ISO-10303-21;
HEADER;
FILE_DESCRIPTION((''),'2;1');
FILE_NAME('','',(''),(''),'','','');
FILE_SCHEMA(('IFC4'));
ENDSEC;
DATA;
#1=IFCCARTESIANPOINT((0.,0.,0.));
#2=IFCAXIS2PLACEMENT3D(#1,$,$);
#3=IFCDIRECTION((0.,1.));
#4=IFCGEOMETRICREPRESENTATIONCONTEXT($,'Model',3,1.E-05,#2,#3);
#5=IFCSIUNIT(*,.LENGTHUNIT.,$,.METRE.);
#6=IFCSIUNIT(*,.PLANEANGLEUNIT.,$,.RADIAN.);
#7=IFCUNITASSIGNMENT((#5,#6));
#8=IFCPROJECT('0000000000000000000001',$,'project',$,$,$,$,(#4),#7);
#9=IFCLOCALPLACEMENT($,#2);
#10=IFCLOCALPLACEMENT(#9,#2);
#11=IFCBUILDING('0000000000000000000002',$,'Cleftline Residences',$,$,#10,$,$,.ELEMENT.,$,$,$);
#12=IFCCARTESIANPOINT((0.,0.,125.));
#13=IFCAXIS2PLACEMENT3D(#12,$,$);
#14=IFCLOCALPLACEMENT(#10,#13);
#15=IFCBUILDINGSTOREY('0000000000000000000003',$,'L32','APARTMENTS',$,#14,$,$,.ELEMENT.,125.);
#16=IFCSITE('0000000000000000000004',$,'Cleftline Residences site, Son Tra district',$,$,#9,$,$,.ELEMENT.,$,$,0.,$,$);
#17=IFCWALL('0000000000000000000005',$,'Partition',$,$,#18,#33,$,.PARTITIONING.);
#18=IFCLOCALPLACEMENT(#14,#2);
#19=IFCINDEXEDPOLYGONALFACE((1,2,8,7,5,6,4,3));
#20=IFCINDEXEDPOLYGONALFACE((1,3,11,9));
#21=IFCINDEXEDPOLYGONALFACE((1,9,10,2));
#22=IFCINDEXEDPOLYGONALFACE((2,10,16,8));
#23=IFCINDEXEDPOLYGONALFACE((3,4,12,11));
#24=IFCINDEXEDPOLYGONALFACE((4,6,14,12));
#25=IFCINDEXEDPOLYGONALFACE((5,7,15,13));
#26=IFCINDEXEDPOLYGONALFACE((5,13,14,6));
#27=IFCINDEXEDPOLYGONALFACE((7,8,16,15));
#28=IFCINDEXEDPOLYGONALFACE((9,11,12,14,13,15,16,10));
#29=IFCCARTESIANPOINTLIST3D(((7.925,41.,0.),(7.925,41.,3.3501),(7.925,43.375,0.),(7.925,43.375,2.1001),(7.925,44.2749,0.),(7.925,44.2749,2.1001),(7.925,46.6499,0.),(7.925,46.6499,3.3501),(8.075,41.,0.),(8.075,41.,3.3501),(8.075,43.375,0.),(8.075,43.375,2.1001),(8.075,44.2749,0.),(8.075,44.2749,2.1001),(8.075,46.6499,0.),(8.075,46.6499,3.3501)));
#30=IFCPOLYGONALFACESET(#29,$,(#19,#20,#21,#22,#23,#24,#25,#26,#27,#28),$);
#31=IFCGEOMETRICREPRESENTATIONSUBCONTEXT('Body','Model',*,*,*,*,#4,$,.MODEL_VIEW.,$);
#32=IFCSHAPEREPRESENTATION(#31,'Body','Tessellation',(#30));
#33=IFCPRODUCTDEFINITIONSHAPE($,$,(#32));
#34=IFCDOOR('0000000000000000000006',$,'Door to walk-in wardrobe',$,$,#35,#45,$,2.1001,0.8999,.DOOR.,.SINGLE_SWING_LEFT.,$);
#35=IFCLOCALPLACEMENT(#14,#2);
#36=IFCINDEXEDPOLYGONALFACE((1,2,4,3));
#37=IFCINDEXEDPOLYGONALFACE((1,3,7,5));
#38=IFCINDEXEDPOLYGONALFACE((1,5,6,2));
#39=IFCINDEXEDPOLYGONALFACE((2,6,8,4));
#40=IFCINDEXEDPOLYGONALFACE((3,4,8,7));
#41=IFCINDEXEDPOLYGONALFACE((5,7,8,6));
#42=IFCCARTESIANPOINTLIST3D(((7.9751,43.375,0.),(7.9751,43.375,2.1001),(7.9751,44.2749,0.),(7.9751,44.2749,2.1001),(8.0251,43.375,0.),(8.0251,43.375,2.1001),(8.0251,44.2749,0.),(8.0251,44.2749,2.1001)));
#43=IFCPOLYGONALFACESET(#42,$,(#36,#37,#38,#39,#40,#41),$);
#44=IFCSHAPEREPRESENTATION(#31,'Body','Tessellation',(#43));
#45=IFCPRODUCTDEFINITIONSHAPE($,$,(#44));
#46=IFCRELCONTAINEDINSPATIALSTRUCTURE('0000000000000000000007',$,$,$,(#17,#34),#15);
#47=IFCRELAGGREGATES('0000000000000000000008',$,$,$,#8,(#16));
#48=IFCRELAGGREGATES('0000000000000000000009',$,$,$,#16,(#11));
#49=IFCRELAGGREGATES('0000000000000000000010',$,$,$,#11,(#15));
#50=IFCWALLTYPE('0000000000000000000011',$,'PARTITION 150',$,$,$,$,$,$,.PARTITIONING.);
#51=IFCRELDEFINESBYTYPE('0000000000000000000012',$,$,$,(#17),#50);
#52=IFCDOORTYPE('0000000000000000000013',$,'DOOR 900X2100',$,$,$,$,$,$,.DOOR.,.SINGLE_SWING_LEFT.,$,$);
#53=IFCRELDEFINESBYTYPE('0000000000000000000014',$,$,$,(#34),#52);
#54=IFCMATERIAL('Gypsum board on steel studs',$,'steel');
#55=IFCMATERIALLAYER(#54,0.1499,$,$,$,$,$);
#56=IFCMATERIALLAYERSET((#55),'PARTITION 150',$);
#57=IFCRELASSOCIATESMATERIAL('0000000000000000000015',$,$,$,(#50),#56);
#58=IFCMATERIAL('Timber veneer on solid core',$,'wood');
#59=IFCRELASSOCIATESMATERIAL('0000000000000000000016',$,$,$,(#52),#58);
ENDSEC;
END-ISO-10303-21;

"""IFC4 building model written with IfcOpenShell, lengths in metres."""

from ifc_helpers import new_model, si_unit, direction, frame, frame_2d, origin, place, context, subcontext, project, spatial, rectangle, extrude, material, layer, layer_set, type_object, element, fill, save


model = new_model("IFC4")

# Units and contexts
model_context = context("Model", 3, precision=1e-05, world=origin(), true_north=direction((0.0, 1.0)))
body_context = subcontext(model_context, "Body", "Model", "MODEL_VIEW")
ifc_project = project(units=[si_unit("LENGTHUNIT", "METRE"), si_unit("PLANEANGLEUNIT", "RADIAN")], contexts=[model_context])

# Site, building, storey
site_placement = place(None, origin())
site = spatial("IfcSite", under=ifc_project, at=site_placement, Name="Cleftline Residences site, Son Tra district", CompositionType="ELEMENT", RefElevation=0.0)
building_placement = place(site_placement, origin())
building = spatial("IfcBuilding", under=site, at=building_placement, Name="Cleftline Residences", CompositionType="ELEMENT")
storey_placement = place(building_placement, frame((0.0, 0.0, 125.0)))
storey = spatial("IfcBuildingStorey", under=building, at=storey_placement, Name="L32", Description="APARTMENTS", CompositionType="ELEMENT", Elevation=125.0)

# Wall, opening, door
ifc_material_1 = material(Name="Gypsum board on steel studs", Category="steel")
ifc_layer_1 = layer(ifc_material_1, 0.1499)
ifc_layer_set_1 = layer_set([ifc_layer_1], Name="PARTITION 150")
wall_type_1 = type_object("IfcWallType", Name="PARTITION 150", PredefinedType="PARTITIONING", material=ifc_layer_set_1)
wall_1_placement = place(storey_placement, frame((8.0, 41.0, 0.0), z_axis=(0.0, 0.0, 1.0), x_axis=(0.0, 1.0, 0.0)))
wall_1 = element("IfcWall", 1, at=wall_1_placement, inside=storey, type_object=wall_type_1, Name="Partition", PredefinedType="PARTITIONING", context=body_context, shape_type="SweptSolid", body=[
    extrude(rectangle(XDim=5.6499, YDim=0.1499, at=frame_2d((2.825, 0.0))), origin(), (0.0, 0.0, 1.0), 3.3501),
])
opening_1_placement = place(wall_1_placement, frame((2.375, 0.0, 0.0)))
opening_1 = element("IfcOpeningElement", 2, at=opening_1_placement, cuts=wall_1, PredefinedType="OPENING", context=body_context, shape_type="SweptSolid", body=[
    extrude(rectangle(XDim=0.8999, YDim=2.1001, at=frame_2d((0.45, 1.05))), frame((0.0, 0.085, 0.0), z_axis=(0.0, -1.0, 0.0), x_axis=(1.0, 0.0, 0.0)), (0.0, 0.0, 1.0), 0.1699),
])
ifc_material_2 = material(Name="Timber veneer on solid core", Category="wood")
door_type = type_object("IfcDoorType", Name="DOOR 900X2100", OperationType="SINGLE_SWING_LEFT", PredefinedType="DOOR", material=ifc_material_2)
door_placement = place(opening_1_placement, origin())
door = element("IfcDoor", 3, at=door_placement, inside=storey, type_object=door_type, Name="Door to walk-in wardrobe", OperationType="SINGLE_SWING_LEFT", OverallHeight=2.1001, OverallWidth=0.8999, PredefinedType="DOOR", context=body_context, shape_type="SweptSolid", body=[
    extrude(rectangle(XDim=0.8999, YDim=2.1001, at=frame_2d((0.45, 1.05))), frame((0.0, 0.0249, 0.0), z_axis=(0.0, -1.0, 0.0), x_axis=(1.0, 0.0, 0.0)), (0.0, 0.0, 1.0), 0.05),
])
fill(opening_1, door)

save(model, "model.ifc")
